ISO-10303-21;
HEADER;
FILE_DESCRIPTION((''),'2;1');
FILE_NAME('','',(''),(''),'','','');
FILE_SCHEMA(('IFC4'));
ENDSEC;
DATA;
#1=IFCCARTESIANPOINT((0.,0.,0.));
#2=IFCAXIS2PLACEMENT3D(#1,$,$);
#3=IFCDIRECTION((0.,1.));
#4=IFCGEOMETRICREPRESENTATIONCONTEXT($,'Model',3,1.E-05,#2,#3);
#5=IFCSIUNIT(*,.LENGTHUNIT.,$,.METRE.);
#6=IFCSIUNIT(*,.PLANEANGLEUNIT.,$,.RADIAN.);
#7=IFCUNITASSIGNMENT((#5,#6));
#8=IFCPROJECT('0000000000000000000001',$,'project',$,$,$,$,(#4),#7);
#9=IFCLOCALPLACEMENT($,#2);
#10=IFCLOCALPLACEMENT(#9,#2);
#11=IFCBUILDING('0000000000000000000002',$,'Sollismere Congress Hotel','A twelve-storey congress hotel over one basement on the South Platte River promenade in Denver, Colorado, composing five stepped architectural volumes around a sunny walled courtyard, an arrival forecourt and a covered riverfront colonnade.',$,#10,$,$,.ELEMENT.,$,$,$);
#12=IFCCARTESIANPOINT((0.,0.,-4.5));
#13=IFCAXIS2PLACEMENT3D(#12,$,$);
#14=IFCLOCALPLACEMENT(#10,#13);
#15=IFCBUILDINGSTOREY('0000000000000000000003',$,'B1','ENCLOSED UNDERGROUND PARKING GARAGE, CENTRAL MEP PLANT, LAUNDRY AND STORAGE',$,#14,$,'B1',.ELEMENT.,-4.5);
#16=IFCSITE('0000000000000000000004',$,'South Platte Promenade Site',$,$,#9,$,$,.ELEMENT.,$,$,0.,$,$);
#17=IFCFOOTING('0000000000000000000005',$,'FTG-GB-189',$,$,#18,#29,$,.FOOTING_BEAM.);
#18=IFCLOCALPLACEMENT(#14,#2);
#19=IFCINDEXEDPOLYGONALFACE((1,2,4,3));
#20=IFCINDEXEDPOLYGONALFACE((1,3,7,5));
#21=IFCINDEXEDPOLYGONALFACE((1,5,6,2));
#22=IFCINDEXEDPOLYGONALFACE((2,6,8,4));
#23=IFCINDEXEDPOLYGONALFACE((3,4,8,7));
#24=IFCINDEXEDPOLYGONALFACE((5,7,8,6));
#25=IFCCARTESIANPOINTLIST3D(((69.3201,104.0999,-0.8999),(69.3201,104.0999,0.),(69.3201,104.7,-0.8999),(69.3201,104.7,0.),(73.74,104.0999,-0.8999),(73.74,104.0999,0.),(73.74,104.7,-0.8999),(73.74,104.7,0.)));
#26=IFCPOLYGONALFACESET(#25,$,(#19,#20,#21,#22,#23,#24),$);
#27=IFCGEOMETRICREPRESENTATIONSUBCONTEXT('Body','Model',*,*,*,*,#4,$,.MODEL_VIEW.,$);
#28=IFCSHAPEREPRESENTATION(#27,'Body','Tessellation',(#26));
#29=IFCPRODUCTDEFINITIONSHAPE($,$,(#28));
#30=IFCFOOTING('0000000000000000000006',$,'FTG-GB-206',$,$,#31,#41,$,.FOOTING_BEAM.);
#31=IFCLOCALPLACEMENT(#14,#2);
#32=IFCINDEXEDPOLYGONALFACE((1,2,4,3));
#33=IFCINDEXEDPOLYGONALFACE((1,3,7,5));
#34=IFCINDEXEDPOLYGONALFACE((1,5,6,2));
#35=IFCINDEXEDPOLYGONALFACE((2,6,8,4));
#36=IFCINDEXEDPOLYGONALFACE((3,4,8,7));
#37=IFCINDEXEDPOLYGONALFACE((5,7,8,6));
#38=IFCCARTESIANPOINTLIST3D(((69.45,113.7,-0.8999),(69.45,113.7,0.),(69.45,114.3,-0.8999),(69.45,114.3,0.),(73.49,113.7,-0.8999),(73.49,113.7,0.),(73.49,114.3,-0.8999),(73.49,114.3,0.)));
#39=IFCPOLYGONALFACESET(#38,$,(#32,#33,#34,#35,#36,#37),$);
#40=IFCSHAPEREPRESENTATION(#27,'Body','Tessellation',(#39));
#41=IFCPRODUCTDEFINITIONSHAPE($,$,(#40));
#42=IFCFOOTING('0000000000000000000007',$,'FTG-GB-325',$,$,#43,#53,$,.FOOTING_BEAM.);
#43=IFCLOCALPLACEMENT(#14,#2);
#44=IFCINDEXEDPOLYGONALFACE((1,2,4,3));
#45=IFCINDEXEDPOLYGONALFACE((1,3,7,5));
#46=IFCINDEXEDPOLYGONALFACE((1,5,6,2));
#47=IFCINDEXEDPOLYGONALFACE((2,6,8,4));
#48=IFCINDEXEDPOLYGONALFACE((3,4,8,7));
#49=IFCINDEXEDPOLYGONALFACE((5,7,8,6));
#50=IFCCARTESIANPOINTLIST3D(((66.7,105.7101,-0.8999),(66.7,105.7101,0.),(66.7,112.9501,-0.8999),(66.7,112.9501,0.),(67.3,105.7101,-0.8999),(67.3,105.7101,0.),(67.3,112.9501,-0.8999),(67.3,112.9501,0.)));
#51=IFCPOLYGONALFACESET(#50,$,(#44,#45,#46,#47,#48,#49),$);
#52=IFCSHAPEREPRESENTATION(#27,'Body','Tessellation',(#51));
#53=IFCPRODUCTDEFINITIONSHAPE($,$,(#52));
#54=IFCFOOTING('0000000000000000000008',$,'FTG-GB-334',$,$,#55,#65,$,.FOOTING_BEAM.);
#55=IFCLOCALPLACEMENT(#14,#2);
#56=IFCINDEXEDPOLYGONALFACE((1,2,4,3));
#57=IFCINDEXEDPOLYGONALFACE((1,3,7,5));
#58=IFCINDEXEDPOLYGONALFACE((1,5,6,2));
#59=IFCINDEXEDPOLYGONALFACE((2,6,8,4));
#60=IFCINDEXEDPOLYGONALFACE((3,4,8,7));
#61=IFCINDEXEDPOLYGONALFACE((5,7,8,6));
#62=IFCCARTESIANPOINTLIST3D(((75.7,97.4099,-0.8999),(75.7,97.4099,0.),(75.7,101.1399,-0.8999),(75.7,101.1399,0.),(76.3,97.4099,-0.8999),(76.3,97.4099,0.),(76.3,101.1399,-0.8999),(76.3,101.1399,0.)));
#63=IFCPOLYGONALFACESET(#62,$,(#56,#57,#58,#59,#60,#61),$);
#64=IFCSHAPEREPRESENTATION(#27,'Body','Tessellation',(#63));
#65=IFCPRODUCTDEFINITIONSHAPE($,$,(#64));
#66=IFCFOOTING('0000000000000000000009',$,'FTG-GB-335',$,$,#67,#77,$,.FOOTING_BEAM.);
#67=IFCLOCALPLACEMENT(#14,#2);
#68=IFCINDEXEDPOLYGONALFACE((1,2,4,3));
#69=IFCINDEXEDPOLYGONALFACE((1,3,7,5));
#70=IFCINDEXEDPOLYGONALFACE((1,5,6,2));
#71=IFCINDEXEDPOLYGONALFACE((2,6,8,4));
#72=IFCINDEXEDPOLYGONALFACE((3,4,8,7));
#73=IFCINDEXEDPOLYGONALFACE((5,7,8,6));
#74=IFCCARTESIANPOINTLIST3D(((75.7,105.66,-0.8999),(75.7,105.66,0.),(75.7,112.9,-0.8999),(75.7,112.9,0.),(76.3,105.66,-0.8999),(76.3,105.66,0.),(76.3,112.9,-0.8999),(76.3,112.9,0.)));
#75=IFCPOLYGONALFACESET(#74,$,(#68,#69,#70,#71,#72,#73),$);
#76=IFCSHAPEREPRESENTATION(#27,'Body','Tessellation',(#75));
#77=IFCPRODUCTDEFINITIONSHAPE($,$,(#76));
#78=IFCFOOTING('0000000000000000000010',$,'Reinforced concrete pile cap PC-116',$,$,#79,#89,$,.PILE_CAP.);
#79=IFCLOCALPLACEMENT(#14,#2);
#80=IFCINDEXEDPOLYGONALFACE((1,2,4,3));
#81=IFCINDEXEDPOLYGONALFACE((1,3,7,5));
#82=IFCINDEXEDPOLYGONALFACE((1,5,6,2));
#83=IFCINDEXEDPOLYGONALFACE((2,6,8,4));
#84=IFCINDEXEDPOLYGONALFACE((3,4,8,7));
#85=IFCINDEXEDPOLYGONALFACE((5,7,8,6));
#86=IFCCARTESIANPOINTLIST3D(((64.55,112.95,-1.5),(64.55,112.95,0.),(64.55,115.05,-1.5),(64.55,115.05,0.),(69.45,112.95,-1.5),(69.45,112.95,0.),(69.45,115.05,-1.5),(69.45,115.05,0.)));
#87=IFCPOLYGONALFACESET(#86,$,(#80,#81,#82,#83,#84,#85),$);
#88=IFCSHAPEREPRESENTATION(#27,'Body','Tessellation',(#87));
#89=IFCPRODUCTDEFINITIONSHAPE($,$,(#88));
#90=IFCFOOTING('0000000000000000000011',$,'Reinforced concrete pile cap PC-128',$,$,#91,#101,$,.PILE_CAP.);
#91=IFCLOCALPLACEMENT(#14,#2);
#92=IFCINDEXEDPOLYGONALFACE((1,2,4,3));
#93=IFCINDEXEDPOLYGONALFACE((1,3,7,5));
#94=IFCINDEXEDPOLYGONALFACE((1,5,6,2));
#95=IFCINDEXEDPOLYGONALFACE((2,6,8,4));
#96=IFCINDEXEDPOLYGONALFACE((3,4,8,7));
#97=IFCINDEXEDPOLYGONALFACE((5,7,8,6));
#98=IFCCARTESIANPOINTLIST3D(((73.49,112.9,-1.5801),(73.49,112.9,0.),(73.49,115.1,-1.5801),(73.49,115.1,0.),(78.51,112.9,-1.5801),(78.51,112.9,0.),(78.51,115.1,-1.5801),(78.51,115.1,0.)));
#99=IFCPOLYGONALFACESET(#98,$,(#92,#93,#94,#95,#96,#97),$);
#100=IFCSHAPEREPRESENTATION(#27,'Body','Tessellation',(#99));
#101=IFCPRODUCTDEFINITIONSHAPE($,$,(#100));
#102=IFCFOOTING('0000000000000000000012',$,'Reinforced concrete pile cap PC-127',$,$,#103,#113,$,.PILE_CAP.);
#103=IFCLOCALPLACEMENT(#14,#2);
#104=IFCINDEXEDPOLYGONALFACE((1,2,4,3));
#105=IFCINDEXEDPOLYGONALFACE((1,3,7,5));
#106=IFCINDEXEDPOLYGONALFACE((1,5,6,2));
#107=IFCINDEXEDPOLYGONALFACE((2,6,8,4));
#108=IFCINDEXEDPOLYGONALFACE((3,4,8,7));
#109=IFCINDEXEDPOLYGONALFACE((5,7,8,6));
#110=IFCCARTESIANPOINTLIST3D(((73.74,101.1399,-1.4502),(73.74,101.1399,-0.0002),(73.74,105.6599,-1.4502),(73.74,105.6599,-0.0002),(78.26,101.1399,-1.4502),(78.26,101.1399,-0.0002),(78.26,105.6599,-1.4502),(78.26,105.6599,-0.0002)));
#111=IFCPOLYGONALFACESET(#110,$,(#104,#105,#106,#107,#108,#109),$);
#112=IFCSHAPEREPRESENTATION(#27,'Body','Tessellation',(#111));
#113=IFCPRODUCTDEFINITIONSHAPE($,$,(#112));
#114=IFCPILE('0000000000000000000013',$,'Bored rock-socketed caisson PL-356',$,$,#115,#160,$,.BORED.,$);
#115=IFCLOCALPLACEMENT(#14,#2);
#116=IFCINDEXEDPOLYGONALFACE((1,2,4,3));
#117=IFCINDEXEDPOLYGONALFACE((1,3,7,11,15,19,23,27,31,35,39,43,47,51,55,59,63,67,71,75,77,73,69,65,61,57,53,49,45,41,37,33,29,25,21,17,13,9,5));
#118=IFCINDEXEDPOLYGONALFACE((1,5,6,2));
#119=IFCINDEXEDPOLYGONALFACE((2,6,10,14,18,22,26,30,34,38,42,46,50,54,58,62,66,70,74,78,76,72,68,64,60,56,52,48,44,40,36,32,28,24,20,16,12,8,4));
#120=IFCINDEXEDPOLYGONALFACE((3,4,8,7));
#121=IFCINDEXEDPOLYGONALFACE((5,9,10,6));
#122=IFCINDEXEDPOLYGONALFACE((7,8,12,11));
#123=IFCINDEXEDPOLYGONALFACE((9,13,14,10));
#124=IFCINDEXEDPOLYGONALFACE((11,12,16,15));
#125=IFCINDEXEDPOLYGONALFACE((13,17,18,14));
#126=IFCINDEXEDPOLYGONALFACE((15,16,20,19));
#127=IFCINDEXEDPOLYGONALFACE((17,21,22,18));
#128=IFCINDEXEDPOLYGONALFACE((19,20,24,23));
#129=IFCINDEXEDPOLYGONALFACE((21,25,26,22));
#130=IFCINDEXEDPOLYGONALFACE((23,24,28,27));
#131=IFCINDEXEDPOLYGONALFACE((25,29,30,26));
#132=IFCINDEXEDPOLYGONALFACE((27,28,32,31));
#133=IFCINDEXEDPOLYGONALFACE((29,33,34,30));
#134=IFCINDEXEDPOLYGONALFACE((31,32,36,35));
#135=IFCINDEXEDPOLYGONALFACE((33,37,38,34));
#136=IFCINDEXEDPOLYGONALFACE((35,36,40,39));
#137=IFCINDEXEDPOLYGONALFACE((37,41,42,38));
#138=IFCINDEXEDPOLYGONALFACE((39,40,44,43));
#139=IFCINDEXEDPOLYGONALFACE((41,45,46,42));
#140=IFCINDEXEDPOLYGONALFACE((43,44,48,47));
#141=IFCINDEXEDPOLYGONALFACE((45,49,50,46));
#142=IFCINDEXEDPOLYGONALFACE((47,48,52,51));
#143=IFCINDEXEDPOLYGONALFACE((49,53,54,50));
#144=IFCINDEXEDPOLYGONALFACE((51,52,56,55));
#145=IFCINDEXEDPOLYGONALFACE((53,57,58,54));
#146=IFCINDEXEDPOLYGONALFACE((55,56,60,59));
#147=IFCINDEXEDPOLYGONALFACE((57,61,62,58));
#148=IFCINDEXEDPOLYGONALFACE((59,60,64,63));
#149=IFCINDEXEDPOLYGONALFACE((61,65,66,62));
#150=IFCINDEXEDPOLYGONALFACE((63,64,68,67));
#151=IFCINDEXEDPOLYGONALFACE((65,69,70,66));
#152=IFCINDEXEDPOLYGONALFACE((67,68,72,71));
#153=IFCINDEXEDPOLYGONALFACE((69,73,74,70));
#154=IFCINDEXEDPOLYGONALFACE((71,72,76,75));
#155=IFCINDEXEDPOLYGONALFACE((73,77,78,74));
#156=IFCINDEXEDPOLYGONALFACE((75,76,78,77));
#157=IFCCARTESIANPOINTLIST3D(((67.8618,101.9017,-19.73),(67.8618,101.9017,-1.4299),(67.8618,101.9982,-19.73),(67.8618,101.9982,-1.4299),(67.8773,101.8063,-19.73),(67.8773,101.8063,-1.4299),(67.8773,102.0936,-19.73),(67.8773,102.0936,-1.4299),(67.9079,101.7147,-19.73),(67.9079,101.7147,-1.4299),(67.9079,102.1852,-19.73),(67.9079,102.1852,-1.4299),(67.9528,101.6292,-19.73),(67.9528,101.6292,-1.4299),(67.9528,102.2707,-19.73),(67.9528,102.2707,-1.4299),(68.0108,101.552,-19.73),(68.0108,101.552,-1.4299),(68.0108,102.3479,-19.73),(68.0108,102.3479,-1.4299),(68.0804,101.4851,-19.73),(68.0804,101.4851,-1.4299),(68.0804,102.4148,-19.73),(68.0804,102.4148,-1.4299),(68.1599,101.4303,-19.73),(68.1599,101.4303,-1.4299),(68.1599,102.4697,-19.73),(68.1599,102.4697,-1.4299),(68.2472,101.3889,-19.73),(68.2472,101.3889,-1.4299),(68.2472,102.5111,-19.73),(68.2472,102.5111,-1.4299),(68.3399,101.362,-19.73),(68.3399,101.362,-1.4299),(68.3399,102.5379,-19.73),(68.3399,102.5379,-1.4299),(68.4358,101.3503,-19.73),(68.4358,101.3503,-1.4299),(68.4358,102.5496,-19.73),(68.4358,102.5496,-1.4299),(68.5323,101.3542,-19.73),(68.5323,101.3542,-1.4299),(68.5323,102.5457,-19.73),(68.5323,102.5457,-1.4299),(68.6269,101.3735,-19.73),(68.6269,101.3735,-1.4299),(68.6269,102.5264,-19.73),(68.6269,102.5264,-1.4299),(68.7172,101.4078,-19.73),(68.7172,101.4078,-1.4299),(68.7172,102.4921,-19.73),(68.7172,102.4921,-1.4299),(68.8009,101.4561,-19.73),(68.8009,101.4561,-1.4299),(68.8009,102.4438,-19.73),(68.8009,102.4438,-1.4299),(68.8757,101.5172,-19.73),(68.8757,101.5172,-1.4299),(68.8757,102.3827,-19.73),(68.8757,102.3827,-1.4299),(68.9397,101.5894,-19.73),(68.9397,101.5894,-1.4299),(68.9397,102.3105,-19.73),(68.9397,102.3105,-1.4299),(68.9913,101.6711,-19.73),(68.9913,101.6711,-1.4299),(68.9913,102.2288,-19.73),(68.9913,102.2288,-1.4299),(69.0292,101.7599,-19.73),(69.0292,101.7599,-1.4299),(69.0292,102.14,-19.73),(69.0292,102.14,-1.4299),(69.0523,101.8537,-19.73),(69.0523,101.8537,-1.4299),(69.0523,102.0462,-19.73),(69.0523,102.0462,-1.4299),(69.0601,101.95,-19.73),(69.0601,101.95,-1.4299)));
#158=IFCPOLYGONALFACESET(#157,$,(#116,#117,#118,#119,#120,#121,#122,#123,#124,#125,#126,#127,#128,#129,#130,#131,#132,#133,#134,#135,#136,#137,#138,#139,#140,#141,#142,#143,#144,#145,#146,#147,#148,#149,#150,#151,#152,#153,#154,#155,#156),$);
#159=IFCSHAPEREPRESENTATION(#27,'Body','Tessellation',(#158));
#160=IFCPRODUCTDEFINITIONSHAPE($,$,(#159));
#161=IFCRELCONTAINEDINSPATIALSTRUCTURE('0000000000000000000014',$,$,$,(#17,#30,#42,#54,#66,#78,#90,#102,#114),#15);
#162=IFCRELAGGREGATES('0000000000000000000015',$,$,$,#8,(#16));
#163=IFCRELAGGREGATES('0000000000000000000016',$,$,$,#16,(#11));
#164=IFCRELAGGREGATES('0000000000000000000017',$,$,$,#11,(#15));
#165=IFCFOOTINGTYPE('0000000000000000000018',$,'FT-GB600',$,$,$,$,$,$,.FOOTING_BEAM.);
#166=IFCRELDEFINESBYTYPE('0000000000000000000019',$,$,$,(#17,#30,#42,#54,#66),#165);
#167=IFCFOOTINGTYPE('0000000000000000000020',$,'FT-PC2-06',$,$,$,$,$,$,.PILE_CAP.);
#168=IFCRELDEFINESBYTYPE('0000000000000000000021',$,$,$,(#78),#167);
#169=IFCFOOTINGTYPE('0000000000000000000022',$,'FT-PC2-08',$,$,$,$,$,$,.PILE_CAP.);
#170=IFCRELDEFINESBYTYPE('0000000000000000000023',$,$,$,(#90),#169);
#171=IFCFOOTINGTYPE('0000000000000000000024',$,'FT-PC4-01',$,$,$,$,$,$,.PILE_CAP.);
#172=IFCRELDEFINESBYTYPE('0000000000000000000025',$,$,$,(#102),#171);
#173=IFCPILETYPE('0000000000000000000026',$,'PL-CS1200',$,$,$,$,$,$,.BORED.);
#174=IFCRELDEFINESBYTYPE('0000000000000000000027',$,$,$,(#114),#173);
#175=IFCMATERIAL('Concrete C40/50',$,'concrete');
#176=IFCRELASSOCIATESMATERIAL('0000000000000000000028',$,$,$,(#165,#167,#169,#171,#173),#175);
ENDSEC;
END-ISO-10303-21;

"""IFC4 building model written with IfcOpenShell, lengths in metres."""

from ifc_helpers import new_model, si_unit, direction, frame, origin, origin_2d, place, context, subcontext, project, spatial, rectangle, circle, extrude, material, material_profile, profile_set, type_object, element, save


model = new_model("IFC4")

# Units and contexts
model_context = context("Model", 3, precision=1e-05, world=origin(), true_north=direction((0.0, 1.0)))
body_context = subcontext(model_context, "Body", "Model", "MODEL_VIEW")
ifc_project = project(units=[si_unit("LENGTHUNIT", "METRE"), si_unit("PLANEANGLEUNIT", "RADIAN")], contexts=[model_context])

# Site, building, storey
site_placement = place(None, origin())
site = spatial("IfcSite", under=ifc_project, at=site_placement, Name="South Platte Promenade Site", CompositionType="ELEMENT", RefElevation=0.0)
building_placement = place(site_placement, origin())
building = spatial("IfcBuilding", under=site, at=building_placement, Name="Sollismere Congress Hotel", Description="A twelve-storey congress hotel over one basement on the South Platte River promenade in Denver, Colorado, composing five stepped architectural volumes around a sunny walled courtyard, an arrival forecourt and a covered riverfront colonnade.", CompositionType="ELEMENT")
storey_placement = place(building_placement, frame((0.0, 0.0, -4.5)))
storey = spatial("IfcBuildingStorey", under=building, at=storey_placement, Name="B1", Description="ENCLOSED UNDERGROUND PARKING GARAGE, CENTRAL MEP PLANT, LAUNDRY AND STORAGE", LongName="B1", CompositionType="ELEMENT", Elevation=-4.5)

# Footings
ifc_material_1 = material(Name="Concrete C40/50", Category="concrete")
footing_type_1 = type_object("IfcFootingType", Name="FT-GB600", PredefinedType="FOOTING_BEAM", material=ifc_material_1)
footing_1_placement = place(storey_placement, frame((71.53, 104.3999, -0.8999), z_axis=(0.0, 0.0, 1.0), x_axis=(1.0, 0.0, 0.0)))
element("IfcFooting", 1, at=footing_1_placement, inside=storey, type_object=footing_type_1, Name="FTG-GB-189", PredefinedType="FOOTING_BEAM", context=body_context, shape_type="SweptSolid", body=[
    extrude(rectangle(XDim=4.4199, YDim=0.6001, at=origin_2d()), origin(), (0.0, 0.0, 1.0), 0.8999),
])
footing_2_placement = place(storey_placement, frame((71.47, 114.0, -0.8999), z_axis=(0.0, 0.0, 1.0), x_axis=(1.0, 0.0, 0.0)))
element("IfcFooting", 2, at=footing_2_placement, inside=storey, type_object=footing_type_1, Name="FTG-GB-206", PredefinedType="FOOTING_BEAM", context=body_context, shape_type="SweptSolid", body=[
    extrude(rectangle(XDim=4.04, YDim=0.6001, at=origin_2d()), origin(), (0.0, 0.0, 1.0), 0.8999),
])
footing_3_placement = place(storey_placement, frame((67.0, 109.3301, -0.8999), z_axis=(0.0, 0.0, 1.0), x_axis=(0.0, 1.0, 0.0)))
element("IfcFooting", 3, at=footing_3_placement, inside=storey, type_object=footing_type_1, Name="FTG-GB-325", PredefinedType="FOOTING_BEAM", context=body_context, shape_type="SweptSolid", body=[
    extrude(rectangle(XDim=7.24, YDim=0.6001, at=origin_2d()), origin(), (0.0, 0.0, 1.0), 0.8999),
])
footing_4_placement = place(storey_placement, frame((76.0, 99.2749, -0.8999), z_axis=(0.0, 0.0, 1.0), x_axis=(0.0, 1.0, 0.0)))
element("IfcFooting", 4, at=footing_4_placement, inside=storey, type_object=footing_type_1, Name="FTG-GB-334", PredefinedType="FOOTING_BEAM", context=body_context, shape_type="SweptSolid", body=[
    extrude(rectangle(XDim=3.73, YDim=0.6001, at=origin_2d()), origin(), (0.0, 0.0, 1.0), 0.8999),
])
footing_5_placement = place(storey_placement, frame((76.0, 109.28, -0.8999), z_axis=(0.0, 0.0, 1.0), x_axis=(0.0, 1.0, 0.0)))
element("IfcFooting", 5, at=footing_5_placement, inside=storey, type_object=footing_type_1, Name="FTG-GB-335", PredefinedType="FOOTING_BEAM", context=body_context, shape_type="SweptSolid", body=[
    extrude(rectangle(XDim=7.24, YDim=0.6001, at=origin_2d()), origin(), (0.0, 0.0, 1.0), 0.8999),
])
footing_type_2 = type_object("IfcFootingType", Name="FT-PC2-06", PredefinedType="PILE_CAP", material=ifc_material_1)
footing_6_placement = place(storey_placement, frame((67.0, 114.0, -1.5), z_axis=(0.0, 0.0, 1.0), x_axis=(1.0, 0.0, 0.0)))
element("IfcFooting", 6, at=footing_6_placement, inside=storey, type_object=footing_type_2, Name="Reinforced concrete pile cap PC-116", PredefinedType="PILE_CAP", context=body_context, shape_type="SweptSolid", body=[
    extrude(rectangle(XDim=4.8999, YDim=2.1001, at=origin_2d()), origin(), (0.0, 0.0, 1.0), 1.5),
])
footing_type_3 = type_object("IfcFootingType", Name="FT-PC2-08", PredefinedType="PILE_CAP", material=ifc_material_1)
footing_7_placement = place(storey_placement, frame((76.0, 114.0, -1.5801), z_axis=(0.0, 0.0, 1.0), x_axis=(1.0, 0.0, 0.0)))
element("IfcFooting", 7, at=footing_7_placement, inside=storey, type_object=footing_type_3, Name="Reinforced concrete pile cap PC-128", PredefinedType="PILE_CAP", context=body_context, shape_type="SweptSolid", body=[
    extrude(rectangle(XDim=5.02, YDim=2.2, at=origin_2d()), origin(), (0.0, 0.0, 1.0), 1.5801),
])
footing_type_4 = type_object("IfcFootingType", Name="FT-PC4-01", PredefinedType="PILE_CAP", material=ifc_material_1)
footing_8_placement = place(storey_placement, frame((76.0, 103.3999, -1.4502), z_axis=(0.0, 0.0, 1.0), x_axis=(1.0, 0.0, 0.0)))
element("IfcFooting", 8, at=footing_8_placement, inside=storey, type_object=footing_type_4, Name="Reinforced concrete pile cap PC-127", PredefinedType="PILE_CAP", context=body_context, shape_type="SweptSolid", body=[
    extrude(rectangle(XDim=4.52, YDim=4.52, at=origin_2d()), origin(), (0.0, 0.0, 1.0), 1.45),
])

# Pile
ifc_material_profile_1 = material_profile(ifc_material_1, circle(Radius=0.6001, at=origin_2d()), Name="CAISSON1200")
ifc_profile_set_1 = profile_set([ifc_material_profile_1], Name="Concrete C40/50")
pile_type = type_object("IfcPileType", Name="PL-CS1200", PredefinedType="BORED", material=ifc_profile_set_1)
for number, where, z_axis, x_axis, name in (
    (9, (68.46, 101.95, -1.4299), (0.0, 0.0, -1.0), (1.0, 0.0, 0.0), "Bored rock-socketed caisson PL-356"),
):
    element("IfcPile", number, at=place(storey_placement, frame(where, z_axis=z_axis, x_axis=x_axis)), inside=storey, type_object=pile_type, Name=name, PredefinedType="BORED", context=body_context, shape_type="SweptSolid", body=[
        extrude(circle(Radius=0.6001, at=origin_2d()), origin(), (0.0, 0.0, 1.0), 18.3),
    ])

save(model, "model.ifc")
